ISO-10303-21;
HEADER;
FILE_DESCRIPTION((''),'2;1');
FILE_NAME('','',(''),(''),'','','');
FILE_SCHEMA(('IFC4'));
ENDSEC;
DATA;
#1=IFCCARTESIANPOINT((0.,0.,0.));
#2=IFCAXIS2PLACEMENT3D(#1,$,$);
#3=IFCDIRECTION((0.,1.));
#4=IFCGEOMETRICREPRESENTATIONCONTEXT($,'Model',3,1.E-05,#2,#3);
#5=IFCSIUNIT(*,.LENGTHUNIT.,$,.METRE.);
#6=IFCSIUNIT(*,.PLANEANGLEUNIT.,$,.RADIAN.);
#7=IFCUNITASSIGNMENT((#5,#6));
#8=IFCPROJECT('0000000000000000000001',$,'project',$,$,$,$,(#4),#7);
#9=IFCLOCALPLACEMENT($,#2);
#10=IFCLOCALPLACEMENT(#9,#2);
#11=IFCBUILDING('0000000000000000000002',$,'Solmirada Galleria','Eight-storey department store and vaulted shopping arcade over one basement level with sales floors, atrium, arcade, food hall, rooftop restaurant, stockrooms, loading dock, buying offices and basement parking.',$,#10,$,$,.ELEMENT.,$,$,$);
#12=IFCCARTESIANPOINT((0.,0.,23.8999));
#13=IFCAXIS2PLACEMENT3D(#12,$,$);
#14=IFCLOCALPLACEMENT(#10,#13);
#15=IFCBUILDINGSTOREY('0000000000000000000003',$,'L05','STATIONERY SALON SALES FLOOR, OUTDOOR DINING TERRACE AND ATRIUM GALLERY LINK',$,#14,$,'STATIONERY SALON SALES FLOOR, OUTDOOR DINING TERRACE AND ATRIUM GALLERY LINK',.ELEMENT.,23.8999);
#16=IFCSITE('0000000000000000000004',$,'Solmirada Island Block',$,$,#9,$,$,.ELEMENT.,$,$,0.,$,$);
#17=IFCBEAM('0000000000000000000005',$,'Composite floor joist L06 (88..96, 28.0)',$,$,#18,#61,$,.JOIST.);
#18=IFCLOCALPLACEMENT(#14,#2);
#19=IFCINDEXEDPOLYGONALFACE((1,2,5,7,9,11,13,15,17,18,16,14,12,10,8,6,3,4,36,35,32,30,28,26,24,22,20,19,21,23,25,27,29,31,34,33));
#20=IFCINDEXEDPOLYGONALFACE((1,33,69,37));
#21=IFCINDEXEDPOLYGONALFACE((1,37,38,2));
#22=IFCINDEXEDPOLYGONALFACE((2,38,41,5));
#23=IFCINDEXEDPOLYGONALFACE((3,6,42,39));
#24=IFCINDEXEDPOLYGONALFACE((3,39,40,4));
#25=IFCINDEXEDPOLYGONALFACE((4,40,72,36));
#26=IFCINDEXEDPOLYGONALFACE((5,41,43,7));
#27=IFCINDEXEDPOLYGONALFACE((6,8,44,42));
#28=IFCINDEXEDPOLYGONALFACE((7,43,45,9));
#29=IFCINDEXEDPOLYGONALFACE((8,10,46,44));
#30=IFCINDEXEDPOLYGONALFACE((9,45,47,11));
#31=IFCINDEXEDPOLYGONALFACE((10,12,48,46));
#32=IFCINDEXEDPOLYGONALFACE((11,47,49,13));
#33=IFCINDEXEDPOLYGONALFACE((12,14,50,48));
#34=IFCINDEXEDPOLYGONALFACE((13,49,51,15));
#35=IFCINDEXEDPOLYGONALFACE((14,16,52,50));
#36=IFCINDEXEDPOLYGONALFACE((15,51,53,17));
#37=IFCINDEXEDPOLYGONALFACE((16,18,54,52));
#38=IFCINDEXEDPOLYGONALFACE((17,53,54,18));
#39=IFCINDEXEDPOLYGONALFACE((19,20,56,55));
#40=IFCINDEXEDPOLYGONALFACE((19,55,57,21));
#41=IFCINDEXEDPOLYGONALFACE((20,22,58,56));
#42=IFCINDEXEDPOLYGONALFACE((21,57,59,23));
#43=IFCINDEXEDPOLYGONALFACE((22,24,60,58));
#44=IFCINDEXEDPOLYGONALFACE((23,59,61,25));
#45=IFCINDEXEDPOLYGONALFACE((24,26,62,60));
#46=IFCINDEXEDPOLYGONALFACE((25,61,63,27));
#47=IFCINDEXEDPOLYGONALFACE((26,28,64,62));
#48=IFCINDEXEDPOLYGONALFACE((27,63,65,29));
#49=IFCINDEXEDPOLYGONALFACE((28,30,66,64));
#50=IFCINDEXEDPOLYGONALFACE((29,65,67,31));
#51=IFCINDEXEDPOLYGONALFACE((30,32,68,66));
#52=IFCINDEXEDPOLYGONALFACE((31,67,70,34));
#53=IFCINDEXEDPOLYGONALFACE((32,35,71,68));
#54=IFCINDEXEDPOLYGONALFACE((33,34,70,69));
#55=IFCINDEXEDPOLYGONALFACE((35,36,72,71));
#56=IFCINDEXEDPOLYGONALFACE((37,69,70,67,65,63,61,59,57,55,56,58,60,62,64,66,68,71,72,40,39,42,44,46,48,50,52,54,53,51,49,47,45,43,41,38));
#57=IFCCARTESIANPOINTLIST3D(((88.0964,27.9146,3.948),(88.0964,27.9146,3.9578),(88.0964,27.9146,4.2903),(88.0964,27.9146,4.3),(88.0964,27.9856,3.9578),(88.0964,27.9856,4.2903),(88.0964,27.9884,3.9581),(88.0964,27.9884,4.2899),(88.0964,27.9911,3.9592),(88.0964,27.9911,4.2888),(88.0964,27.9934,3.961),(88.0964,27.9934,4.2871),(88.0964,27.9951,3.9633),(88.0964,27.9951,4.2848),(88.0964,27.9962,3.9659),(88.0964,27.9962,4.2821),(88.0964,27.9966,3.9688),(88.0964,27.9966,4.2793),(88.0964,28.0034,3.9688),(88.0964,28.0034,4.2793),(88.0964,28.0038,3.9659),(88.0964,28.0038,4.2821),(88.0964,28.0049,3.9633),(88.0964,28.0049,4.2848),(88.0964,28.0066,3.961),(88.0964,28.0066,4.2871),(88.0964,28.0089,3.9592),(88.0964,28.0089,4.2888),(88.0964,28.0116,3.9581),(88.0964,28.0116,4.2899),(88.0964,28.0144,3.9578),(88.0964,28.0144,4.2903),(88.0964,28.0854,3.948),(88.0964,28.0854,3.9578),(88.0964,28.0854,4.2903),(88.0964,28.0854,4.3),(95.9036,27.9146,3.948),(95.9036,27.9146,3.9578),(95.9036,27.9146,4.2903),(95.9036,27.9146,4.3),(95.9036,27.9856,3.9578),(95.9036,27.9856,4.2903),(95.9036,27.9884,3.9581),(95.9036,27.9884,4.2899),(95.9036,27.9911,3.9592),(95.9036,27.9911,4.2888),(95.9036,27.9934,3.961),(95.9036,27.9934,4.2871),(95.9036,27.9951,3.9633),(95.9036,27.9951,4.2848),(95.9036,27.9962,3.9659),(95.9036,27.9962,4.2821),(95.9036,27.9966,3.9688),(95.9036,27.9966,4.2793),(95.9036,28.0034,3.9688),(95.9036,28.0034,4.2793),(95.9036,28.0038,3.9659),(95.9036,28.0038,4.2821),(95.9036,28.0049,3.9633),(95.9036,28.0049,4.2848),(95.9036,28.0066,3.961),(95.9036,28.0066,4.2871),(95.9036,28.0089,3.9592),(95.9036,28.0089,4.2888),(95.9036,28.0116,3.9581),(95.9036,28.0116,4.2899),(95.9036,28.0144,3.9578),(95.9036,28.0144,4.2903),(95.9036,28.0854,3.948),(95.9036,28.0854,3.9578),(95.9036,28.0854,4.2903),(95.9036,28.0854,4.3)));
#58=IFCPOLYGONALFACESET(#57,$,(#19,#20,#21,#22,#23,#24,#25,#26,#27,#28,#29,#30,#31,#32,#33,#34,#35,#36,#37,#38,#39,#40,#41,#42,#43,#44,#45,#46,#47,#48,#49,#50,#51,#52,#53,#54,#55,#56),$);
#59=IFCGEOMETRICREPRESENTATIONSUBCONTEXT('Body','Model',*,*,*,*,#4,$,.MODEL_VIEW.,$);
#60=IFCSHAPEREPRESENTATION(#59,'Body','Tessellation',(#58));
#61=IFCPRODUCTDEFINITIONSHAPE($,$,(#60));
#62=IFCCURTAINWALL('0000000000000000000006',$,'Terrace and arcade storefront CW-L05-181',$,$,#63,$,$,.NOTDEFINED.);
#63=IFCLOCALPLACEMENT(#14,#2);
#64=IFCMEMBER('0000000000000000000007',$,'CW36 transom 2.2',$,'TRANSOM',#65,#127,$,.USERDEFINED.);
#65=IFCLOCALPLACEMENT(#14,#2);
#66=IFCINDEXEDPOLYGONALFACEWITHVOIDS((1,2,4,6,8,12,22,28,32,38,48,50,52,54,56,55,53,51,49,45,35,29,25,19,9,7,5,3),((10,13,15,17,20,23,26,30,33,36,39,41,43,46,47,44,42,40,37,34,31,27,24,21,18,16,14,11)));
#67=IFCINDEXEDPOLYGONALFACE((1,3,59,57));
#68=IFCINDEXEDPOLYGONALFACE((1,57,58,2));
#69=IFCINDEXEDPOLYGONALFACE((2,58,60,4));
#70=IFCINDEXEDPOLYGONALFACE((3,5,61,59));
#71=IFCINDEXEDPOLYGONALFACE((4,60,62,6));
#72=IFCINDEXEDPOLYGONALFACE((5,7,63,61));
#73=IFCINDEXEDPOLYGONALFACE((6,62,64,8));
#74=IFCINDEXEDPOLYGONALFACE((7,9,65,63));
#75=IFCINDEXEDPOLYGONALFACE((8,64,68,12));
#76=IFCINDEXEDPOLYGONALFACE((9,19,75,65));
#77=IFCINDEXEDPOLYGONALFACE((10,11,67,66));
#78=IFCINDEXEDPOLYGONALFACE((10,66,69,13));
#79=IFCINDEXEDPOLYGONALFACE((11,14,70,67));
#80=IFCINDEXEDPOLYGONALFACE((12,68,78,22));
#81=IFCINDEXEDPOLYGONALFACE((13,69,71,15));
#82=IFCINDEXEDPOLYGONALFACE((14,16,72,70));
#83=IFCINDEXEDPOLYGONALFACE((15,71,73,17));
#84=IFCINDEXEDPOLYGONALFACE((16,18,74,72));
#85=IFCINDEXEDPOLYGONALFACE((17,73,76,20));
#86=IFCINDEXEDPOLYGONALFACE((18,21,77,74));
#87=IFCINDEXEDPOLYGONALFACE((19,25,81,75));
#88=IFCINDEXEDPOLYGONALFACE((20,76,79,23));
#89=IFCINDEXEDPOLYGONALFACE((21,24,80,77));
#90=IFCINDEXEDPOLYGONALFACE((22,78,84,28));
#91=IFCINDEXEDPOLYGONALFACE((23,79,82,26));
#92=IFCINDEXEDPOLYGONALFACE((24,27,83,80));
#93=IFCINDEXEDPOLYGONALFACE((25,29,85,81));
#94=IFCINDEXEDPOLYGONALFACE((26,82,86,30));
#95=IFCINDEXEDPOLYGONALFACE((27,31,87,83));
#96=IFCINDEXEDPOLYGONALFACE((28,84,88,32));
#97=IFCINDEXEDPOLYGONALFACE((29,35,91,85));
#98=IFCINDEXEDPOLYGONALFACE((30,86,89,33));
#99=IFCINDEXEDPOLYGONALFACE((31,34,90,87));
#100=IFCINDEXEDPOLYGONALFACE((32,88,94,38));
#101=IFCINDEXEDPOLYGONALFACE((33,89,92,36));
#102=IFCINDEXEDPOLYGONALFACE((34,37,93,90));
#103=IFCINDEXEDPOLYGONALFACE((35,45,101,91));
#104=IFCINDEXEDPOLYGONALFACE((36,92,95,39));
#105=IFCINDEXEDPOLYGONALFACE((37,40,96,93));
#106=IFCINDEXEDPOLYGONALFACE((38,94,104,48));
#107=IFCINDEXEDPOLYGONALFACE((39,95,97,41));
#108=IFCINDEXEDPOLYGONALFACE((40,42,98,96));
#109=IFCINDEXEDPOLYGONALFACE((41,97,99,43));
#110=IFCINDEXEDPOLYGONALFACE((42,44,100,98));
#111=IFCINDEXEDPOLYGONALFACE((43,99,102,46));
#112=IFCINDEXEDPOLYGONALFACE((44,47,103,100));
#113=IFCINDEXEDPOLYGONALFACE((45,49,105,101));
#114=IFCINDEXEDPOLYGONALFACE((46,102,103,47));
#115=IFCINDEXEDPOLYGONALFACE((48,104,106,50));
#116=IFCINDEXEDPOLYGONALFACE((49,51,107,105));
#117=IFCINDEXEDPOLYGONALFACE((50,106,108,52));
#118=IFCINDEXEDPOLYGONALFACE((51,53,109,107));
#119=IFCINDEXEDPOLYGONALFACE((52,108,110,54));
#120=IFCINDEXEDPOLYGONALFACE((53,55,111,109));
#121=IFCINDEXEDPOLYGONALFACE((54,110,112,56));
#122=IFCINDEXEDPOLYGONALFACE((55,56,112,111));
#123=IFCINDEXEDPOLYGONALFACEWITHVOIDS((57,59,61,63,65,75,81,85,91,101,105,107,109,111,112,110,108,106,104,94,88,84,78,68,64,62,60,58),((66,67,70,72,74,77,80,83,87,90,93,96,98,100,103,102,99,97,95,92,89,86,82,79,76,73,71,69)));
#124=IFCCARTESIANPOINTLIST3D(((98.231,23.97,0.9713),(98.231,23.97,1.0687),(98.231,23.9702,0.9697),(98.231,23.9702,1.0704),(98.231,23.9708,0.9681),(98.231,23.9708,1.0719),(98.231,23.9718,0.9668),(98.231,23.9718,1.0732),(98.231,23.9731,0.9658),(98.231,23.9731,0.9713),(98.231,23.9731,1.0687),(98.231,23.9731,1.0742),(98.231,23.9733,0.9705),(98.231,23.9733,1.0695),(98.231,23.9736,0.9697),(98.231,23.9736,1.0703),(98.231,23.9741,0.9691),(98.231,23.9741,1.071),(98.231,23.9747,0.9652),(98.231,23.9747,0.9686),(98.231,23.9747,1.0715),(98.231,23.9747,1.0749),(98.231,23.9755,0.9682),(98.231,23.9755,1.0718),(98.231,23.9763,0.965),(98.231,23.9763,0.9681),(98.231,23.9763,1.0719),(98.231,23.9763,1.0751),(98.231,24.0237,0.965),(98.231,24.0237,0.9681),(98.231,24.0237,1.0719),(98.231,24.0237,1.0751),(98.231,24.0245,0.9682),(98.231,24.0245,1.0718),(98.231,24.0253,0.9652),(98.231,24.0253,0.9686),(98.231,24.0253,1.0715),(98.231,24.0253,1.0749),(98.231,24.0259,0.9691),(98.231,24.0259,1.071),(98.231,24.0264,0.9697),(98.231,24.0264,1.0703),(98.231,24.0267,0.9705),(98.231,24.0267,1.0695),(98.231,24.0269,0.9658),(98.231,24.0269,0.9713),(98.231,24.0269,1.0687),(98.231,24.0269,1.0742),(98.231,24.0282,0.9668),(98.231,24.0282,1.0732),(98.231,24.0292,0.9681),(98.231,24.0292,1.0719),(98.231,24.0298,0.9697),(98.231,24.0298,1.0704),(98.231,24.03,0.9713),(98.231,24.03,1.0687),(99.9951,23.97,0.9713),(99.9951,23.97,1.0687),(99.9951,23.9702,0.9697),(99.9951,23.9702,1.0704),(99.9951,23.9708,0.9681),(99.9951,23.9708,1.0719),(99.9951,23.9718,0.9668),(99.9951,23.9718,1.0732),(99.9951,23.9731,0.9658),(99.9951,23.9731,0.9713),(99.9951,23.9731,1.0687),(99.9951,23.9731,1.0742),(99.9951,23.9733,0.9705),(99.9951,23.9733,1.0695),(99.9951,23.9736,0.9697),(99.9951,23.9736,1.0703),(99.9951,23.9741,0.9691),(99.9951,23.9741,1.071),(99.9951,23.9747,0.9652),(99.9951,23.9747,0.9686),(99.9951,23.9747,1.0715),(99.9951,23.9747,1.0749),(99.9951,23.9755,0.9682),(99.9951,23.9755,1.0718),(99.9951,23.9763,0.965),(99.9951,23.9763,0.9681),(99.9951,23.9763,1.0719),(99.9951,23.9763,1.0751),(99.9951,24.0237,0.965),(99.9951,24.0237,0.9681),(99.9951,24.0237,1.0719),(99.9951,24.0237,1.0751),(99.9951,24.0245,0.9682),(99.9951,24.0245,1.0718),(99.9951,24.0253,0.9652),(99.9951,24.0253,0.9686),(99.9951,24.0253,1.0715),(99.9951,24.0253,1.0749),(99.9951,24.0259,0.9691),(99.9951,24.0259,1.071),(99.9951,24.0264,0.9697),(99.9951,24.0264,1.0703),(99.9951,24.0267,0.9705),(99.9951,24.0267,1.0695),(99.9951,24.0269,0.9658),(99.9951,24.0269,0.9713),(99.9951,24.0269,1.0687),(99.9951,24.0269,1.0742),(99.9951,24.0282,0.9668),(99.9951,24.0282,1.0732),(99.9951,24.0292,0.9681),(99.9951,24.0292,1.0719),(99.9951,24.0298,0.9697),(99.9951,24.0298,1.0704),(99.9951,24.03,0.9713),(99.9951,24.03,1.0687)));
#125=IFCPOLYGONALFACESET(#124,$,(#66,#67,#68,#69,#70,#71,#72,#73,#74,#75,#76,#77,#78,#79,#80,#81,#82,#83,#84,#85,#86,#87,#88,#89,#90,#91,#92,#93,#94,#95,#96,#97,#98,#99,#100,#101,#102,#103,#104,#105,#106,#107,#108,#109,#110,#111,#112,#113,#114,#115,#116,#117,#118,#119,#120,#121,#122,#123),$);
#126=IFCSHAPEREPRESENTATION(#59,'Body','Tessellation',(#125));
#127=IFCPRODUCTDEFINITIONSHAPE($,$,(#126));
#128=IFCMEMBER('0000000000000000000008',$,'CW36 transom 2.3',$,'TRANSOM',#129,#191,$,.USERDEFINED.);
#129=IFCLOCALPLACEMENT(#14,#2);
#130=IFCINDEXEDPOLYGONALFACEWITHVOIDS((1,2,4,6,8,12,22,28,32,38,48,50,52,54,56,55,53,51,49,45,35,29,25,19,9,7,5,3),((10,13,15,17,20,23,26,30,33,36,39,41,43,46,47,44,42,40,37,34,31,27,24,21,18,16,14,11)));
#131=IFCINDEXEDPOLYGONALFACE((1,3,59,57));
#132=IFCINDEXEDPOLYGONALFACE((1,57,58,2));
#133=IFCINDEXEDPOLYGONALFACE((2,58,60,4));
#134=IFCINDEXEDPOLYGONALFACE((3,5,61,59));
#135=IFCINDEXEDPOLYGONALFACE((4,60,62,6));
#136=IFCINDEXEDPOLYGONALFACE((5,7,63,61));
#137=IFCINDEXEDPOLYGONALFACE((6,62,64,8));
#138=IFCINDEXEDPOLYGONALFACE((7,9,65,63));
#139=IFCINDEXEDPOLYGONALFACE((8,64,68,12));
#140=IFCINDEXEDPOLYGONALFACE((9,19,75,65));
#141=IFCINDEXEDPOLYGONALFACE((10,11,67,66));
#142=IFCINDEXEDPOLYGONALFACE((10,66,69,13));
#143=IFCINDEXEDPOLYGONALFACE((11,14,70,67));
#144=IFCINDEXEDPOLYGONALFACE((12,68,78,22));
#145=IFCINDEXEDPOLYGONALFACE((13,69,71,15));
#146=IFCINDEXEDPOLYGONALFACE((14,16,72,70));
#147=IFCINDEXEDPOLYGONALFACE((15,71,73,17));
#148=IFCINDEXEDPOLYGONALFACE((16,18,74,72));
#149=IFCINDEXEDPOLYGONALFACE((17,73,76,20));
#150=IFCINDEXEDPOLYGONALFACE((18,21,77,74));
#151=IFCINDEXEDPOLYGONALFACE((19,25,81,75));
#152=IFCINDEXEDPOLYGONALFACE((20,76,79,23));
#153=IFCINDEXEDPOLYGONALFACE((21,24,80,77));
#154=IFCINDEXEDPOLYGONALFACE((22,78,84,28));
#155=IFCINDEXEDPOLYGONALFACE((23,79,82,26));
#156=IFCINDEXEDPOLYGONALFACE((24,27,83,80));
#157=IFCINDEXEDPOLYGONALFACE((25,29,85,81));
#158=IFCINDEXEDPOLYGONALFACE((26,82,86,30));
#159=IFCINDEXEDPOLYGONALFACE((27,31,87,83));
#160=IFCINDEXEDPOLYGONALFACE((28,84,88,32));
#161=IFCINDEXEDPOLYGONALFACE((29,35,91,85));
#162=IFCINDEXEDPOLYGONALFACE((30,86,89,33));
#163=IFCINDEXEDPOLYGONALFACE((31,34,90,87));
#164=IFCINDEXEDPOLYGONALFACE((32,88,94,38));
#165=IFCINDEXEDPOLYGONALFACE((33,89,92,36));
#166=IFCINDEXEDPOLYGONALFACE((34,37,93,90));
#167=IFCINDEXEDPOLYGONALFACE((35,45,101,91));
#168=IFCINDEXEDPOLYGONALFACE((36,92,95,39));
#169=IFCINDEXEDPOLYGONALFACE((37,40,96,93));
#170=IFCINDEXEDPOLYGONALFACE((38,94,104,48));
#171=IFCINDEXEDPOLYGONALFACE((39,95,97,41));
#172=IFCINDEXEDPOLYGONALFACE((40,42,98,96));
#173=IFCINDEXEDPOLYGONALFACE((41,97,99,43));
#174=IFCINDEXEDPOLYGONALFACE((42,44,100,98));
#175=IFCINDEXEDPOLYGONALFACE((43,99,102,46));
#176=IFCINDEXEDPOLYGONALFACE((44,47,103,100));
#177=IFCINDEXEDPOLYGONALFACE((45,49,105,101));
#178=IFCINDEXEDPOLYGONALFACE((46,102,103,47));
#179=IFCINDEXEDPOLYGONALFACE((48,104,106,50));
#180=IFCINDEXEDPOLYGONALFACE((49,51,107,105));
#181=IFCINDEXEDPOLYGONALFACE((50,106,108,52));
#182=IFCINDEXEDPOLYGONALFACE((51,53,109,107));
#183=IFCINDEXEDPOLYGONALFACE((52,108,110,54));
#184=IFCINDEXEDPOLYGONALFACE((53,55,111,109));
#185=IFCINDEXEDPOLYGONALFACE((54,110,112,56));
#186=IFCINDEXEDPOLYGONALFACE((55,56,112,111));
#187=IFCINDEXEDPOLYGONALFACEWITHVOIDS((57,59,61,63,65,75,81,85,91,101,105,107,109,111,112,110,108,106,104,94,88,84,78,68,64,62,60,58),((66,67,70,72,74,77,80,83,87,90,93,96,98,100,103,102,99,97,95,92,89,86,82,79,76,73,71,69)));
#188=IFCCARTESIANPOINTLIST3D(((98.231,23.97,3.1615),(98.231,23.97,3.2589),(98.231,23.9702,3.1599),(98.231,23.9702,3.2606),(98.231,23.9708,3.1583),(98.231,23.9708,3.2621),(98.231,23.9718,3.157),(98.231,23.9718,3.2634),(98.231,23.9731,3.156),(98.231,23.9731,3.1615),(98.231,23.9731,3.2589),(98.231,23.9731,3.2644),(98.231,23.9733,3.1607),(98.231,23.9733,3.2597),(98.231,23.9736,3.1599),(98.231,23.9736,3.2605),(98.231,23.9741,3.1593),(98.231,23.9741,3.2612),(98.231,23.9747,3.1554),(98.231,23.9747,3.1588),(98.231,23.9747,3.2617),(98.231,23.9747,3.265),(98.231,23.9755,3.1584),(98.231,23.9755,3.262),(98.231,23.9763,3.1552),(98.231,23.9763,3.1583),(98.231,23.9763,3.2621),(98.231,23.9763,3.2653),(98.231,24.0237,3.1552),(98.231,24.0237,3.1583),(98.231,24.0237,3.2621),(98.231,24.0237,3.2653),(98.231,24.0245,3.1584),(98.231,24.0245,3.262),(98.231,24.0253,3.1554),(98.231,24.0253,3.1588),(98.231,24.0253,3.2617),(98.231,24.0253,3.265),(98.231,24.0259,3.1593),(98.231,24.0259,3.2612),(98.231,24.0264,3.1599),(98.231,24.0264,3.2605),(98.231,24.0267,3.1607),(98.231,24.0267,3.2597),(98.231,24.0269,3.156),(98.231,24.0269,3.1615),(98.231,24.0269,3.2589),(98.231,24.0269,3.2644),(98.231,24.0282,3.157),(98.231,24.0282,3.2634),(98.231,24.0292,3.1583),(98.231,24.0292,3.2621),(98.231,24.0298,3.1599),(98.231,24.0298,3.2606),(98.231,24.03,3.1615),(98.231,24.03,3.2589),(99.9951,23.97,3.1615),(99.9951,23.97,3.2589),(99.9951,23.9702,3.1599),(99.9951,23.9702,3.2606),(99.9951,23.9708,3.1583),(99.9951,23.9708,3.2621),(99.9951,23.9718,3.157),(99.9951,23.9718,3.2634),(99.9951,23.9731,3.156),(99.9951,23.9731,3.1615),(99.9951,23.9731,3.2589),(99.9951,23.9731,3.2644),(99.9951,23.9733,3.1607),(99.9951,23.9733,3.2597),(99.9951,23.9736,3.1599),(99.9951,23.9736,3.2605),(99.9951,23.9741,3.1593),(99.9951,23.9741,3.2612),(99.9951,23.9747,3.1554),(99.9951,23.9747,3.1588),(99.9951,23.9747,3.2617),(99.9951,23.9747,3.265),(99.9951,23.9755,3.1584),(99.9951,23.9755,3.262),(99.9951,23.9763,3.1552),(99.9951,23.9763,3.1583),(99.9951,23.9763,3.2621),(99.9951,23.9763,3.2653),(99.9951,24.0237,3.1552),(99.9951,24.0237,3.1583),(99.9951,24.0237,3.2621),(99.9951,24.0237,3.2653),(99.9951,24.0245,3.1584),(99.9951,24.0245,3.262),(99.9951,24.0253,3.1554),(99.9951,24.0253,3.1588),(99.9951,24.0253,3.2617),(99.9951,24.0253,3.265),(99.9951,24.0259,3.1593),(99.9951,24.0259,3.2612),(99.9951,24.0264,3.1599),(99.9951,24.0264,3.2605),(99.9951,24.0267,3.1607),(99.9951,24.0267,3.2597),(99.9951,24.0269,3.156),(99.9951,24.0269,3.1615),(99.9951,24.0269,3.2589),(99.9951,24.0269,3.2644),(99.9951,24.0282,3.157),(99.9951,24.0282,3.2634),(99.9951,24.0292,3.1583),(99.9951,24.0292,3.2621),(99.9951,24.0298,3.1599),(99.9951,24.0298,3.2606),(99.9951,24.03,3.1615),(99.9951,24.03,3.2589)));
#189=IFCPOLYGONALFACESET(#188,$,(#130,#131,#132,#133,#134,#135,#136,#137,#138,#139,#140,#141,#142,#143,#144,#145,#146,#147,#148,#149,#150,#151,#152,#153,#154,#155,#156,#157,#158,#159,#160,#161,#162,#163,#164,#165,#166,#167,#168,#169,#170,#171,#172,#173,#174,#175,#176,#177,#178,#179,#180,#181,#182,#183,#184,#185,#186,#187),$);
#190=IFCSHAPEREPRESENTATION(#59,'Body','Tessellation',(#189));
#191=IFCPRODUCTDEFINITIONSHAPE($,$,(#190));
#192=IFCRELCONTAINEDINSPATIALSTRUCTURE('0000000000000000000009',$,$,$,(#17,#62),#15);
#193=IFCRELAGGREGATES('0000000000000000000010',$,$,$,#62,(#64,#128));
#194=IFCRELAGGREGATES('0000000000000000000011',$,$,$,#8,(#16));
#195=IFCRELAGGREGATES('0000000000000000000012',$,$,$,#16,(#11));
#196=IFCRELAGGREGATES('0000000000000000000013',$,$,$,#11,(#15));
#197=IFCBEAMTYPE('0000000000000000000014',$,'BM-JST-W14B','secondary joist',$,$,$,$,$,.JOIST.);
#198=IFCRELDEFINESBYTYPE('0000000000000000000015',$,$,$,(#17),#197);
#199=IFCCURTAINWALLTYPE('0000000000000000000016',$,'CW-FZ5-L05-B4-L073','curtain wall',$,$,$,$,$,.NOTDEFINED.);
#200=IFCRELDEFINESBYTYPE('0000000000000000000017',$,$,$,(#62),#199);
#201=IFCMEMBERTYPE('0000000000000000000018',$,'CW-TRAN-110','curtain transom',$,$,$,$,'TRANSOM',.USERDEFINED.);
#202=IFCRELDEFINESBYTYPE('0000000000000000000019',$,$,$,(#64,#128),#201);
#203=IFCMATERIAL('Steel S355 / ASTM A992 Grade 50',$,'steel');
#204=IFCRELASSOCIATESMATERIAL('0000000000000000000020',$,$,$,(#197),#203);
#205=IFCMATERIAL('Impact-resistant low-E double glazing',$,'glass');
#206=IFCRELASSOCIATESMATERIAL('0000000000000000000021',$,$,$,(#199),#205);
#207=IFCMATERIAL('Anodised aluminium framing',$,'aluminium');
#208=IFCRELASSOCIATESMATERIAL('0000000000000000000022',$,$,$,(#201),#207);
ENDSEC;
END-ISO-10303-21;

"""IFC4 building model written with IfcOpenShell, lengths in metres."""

from ifc_helpers import new_model, si_unit, direction, frame, origin, origin_2d, place, context, subcontext, project, spatial, hollow_rectangle, i_section, extrude, material, material_profile, profile_set, type_object, element, aggregate, save


model = new_model("IFC4")

# Units and contexts
model_context = context("Model", 3, precision=1e-05, world=origin(), true_north=direction((0.0, 1.0)))
body_context = subcontext(model_context, "Body", "Model", "MODEL_VIEW")
ifc_project = project(units=[si_unit("LENGTHUNIT", "METRE"), si_unit("PLANEANGLEUNIT", "RADIAN")], contexts=[model_context])

# Site, building, storey
site_placement = place(None, origin())
site = spatial("IfcSite", under=ifc_project, at=site_placement, Name="Solmirada Island Block", CompositionType="ELEMENT", RefElevation=0.0)
building_placement = place(site_placement, origin())
building = spatial("IfcBuilding", under=site, at=building_placement, Name="Solmirada Galleria", Description="Eight-storey department store and vaulted shopping arcade over one basement level with sales floors, atrium, arcade, food hall, rooftop restaurant, stockrooms, loading dock, buying offices and basement parking.", CompositionType="ELEMENT")
storey_placement = place(building_placement, frame((0.0, 0.0, 23.8999)))
storey = spatial("IfcBuildingStorey", under=building, at=storey_placement, Name="L05", Description="STATIONERY SALON SALES FLOOR, OUTDOOR DINING TERRACE AND ATRIUM GALLERY LINK", LongName="STATIONERY SALON SALES FLOOR, OUTDOOR DINING TERRACE AND ATRIUM GALLERY LINK", CompositionType="ELEMENT", Elevation=23.8999)

# Beam
ifc_material_1 = material(Name="Steel S355 / ASTM A992 Grade 50", Category="steel")
ifc_material_profile_1 = material_profile(ifc_material_1, i_section(OverallWidth=0.1709, OverallDepth=0.3521, WebThickness=0.0068, FlangeThickness=0.0098, FilletRadius=0.011, at=origin_2d()), Name="W14X30")
ifc_profile_set_1 = profile_set([ifc_material_profile_1], Name="Steel S355 / ASTM A992 Grade 50")
beam_type_1 = type_object("IfcBeamType", Name="BM-JST-W14B", Description="secondary joist", PredefinedType="JOIST", material=ifc_profile_set_1)
beam_1_placement = place(storey_placement, frame((88.0964, 28.0, 4.124), z_axis=(1.0, 0.0, 0.0), x_axis=(0.0, 1.0, 0.0)))
element("IfcBeam", 1, at=beam_1_placement, inside=storey, type_object=beam_type_1, Name="Composite floor joist L06 (88..96, 28.0)", PredefinedType="JOIST", context=body_context, shape_type="SweptSolid", body=[
    extrude(i_section(OverallWidth=0.1709, OverallDepth=0.3521, WebThickness=0.0068, FlangeThickness=0.0098, FilletRadius=0.011, at=origin_2d()), origin(), (0.0, 0.0, 1.0), 7.8071),
])

# Curtain wall, members
ifc_material_2 = material(Name="Impact-resistant low-E double glazing", Category="glass")
curtain_wall_type = type_object("IfcCurtainWallType", Name="CW-FZ5-L05-B4-L073", Description="curtain wall", PredefinedType="NOTDEFINED", material=ifc_material_2)
curtain_wall_placement = place(storey_placement, origin())
curtain_wall = element("IfcCurtainWall", 2, at=curtain_wall_placement, inside=storey, type_object=curtain_wall_type, Name="Terrace and arcade storefront CW-L05-181", PredefinedType="NOTDEFINED")
ifc_material_3 = material(Name="Anodised aluminium framing", Category="aluminium")
ifc_material_profile_2 = material_profile(ifc_material_3, hollow_rectangle(XDim=0.0601, YDim=0.1101, WallThickness=0.0032, InnerFilletRadius=0.0032, OuterFilletRadius=0.0063, at=origin_2d()), Name="ALU-TRAN-110X60")
ifc_profile_set_2 = profile_set([ifc_material_profile_2], Name="Anodised aluminium framing")
member_type = type_object("IfcMemberType", Name="CW-TRAN-110", Description="curtain transom", ElementType="TRANSOM", PredefinedType="USERDEFINED", material=ifc_profile_set_2)
member_1_placement = place(storey_placement, frame((98.231, 24.0, 1.02), z_axis=(1.0, 0.0, 0.0), x_axis=(0.0, 1.0, 0.0)))
member_1 = element("IfcMember", 3, at=member_1_placement, type_object=member_type, Name="CW36 transom 2.2", ObjectType="TRANSOM", PredefinedType="USERDEFINED", context=body_context, shape_type="SweptSolid", body=[
    extrude(hollow_rectangle(XDim=0.0601, YDim=0.1101, WallThickness=0.0032, InnerFilletRadius=0.0032, OuterFilletRadius=0.0063, at=origin_2d()), origin(), (0.0, 0.0, 1.0), 1.7642),
])
member_2_placement = place(storey_placement, frame((98.231, 24.0, 3.2102), z_axis=(1.0, 0.0, 0.0), x_axis=(0.0, 1.0, 0.0)))
member_2 = element("IfcMember", 4, at=member_2_placement, type_object=member_type, Name="CW36 transom 2.3", ObjectType="TRANSOM", PredefinedType="USERDEFINED", context=body_context, shape_type="SweptSolid", body=[
    extrude(hollow_rectangle(XDim=0.0601, YDim=0.1101, WallThickness=0.0032, InnerFilletRadius=0.0032, OuterFilletRadius=0.0063, at=origin_2d()), origin(), (0.0, 0.0, 1.0), 1.7642),
])
aggregate(curtain_wall, [member_1, member_2])

save(model, "model.ifc")
